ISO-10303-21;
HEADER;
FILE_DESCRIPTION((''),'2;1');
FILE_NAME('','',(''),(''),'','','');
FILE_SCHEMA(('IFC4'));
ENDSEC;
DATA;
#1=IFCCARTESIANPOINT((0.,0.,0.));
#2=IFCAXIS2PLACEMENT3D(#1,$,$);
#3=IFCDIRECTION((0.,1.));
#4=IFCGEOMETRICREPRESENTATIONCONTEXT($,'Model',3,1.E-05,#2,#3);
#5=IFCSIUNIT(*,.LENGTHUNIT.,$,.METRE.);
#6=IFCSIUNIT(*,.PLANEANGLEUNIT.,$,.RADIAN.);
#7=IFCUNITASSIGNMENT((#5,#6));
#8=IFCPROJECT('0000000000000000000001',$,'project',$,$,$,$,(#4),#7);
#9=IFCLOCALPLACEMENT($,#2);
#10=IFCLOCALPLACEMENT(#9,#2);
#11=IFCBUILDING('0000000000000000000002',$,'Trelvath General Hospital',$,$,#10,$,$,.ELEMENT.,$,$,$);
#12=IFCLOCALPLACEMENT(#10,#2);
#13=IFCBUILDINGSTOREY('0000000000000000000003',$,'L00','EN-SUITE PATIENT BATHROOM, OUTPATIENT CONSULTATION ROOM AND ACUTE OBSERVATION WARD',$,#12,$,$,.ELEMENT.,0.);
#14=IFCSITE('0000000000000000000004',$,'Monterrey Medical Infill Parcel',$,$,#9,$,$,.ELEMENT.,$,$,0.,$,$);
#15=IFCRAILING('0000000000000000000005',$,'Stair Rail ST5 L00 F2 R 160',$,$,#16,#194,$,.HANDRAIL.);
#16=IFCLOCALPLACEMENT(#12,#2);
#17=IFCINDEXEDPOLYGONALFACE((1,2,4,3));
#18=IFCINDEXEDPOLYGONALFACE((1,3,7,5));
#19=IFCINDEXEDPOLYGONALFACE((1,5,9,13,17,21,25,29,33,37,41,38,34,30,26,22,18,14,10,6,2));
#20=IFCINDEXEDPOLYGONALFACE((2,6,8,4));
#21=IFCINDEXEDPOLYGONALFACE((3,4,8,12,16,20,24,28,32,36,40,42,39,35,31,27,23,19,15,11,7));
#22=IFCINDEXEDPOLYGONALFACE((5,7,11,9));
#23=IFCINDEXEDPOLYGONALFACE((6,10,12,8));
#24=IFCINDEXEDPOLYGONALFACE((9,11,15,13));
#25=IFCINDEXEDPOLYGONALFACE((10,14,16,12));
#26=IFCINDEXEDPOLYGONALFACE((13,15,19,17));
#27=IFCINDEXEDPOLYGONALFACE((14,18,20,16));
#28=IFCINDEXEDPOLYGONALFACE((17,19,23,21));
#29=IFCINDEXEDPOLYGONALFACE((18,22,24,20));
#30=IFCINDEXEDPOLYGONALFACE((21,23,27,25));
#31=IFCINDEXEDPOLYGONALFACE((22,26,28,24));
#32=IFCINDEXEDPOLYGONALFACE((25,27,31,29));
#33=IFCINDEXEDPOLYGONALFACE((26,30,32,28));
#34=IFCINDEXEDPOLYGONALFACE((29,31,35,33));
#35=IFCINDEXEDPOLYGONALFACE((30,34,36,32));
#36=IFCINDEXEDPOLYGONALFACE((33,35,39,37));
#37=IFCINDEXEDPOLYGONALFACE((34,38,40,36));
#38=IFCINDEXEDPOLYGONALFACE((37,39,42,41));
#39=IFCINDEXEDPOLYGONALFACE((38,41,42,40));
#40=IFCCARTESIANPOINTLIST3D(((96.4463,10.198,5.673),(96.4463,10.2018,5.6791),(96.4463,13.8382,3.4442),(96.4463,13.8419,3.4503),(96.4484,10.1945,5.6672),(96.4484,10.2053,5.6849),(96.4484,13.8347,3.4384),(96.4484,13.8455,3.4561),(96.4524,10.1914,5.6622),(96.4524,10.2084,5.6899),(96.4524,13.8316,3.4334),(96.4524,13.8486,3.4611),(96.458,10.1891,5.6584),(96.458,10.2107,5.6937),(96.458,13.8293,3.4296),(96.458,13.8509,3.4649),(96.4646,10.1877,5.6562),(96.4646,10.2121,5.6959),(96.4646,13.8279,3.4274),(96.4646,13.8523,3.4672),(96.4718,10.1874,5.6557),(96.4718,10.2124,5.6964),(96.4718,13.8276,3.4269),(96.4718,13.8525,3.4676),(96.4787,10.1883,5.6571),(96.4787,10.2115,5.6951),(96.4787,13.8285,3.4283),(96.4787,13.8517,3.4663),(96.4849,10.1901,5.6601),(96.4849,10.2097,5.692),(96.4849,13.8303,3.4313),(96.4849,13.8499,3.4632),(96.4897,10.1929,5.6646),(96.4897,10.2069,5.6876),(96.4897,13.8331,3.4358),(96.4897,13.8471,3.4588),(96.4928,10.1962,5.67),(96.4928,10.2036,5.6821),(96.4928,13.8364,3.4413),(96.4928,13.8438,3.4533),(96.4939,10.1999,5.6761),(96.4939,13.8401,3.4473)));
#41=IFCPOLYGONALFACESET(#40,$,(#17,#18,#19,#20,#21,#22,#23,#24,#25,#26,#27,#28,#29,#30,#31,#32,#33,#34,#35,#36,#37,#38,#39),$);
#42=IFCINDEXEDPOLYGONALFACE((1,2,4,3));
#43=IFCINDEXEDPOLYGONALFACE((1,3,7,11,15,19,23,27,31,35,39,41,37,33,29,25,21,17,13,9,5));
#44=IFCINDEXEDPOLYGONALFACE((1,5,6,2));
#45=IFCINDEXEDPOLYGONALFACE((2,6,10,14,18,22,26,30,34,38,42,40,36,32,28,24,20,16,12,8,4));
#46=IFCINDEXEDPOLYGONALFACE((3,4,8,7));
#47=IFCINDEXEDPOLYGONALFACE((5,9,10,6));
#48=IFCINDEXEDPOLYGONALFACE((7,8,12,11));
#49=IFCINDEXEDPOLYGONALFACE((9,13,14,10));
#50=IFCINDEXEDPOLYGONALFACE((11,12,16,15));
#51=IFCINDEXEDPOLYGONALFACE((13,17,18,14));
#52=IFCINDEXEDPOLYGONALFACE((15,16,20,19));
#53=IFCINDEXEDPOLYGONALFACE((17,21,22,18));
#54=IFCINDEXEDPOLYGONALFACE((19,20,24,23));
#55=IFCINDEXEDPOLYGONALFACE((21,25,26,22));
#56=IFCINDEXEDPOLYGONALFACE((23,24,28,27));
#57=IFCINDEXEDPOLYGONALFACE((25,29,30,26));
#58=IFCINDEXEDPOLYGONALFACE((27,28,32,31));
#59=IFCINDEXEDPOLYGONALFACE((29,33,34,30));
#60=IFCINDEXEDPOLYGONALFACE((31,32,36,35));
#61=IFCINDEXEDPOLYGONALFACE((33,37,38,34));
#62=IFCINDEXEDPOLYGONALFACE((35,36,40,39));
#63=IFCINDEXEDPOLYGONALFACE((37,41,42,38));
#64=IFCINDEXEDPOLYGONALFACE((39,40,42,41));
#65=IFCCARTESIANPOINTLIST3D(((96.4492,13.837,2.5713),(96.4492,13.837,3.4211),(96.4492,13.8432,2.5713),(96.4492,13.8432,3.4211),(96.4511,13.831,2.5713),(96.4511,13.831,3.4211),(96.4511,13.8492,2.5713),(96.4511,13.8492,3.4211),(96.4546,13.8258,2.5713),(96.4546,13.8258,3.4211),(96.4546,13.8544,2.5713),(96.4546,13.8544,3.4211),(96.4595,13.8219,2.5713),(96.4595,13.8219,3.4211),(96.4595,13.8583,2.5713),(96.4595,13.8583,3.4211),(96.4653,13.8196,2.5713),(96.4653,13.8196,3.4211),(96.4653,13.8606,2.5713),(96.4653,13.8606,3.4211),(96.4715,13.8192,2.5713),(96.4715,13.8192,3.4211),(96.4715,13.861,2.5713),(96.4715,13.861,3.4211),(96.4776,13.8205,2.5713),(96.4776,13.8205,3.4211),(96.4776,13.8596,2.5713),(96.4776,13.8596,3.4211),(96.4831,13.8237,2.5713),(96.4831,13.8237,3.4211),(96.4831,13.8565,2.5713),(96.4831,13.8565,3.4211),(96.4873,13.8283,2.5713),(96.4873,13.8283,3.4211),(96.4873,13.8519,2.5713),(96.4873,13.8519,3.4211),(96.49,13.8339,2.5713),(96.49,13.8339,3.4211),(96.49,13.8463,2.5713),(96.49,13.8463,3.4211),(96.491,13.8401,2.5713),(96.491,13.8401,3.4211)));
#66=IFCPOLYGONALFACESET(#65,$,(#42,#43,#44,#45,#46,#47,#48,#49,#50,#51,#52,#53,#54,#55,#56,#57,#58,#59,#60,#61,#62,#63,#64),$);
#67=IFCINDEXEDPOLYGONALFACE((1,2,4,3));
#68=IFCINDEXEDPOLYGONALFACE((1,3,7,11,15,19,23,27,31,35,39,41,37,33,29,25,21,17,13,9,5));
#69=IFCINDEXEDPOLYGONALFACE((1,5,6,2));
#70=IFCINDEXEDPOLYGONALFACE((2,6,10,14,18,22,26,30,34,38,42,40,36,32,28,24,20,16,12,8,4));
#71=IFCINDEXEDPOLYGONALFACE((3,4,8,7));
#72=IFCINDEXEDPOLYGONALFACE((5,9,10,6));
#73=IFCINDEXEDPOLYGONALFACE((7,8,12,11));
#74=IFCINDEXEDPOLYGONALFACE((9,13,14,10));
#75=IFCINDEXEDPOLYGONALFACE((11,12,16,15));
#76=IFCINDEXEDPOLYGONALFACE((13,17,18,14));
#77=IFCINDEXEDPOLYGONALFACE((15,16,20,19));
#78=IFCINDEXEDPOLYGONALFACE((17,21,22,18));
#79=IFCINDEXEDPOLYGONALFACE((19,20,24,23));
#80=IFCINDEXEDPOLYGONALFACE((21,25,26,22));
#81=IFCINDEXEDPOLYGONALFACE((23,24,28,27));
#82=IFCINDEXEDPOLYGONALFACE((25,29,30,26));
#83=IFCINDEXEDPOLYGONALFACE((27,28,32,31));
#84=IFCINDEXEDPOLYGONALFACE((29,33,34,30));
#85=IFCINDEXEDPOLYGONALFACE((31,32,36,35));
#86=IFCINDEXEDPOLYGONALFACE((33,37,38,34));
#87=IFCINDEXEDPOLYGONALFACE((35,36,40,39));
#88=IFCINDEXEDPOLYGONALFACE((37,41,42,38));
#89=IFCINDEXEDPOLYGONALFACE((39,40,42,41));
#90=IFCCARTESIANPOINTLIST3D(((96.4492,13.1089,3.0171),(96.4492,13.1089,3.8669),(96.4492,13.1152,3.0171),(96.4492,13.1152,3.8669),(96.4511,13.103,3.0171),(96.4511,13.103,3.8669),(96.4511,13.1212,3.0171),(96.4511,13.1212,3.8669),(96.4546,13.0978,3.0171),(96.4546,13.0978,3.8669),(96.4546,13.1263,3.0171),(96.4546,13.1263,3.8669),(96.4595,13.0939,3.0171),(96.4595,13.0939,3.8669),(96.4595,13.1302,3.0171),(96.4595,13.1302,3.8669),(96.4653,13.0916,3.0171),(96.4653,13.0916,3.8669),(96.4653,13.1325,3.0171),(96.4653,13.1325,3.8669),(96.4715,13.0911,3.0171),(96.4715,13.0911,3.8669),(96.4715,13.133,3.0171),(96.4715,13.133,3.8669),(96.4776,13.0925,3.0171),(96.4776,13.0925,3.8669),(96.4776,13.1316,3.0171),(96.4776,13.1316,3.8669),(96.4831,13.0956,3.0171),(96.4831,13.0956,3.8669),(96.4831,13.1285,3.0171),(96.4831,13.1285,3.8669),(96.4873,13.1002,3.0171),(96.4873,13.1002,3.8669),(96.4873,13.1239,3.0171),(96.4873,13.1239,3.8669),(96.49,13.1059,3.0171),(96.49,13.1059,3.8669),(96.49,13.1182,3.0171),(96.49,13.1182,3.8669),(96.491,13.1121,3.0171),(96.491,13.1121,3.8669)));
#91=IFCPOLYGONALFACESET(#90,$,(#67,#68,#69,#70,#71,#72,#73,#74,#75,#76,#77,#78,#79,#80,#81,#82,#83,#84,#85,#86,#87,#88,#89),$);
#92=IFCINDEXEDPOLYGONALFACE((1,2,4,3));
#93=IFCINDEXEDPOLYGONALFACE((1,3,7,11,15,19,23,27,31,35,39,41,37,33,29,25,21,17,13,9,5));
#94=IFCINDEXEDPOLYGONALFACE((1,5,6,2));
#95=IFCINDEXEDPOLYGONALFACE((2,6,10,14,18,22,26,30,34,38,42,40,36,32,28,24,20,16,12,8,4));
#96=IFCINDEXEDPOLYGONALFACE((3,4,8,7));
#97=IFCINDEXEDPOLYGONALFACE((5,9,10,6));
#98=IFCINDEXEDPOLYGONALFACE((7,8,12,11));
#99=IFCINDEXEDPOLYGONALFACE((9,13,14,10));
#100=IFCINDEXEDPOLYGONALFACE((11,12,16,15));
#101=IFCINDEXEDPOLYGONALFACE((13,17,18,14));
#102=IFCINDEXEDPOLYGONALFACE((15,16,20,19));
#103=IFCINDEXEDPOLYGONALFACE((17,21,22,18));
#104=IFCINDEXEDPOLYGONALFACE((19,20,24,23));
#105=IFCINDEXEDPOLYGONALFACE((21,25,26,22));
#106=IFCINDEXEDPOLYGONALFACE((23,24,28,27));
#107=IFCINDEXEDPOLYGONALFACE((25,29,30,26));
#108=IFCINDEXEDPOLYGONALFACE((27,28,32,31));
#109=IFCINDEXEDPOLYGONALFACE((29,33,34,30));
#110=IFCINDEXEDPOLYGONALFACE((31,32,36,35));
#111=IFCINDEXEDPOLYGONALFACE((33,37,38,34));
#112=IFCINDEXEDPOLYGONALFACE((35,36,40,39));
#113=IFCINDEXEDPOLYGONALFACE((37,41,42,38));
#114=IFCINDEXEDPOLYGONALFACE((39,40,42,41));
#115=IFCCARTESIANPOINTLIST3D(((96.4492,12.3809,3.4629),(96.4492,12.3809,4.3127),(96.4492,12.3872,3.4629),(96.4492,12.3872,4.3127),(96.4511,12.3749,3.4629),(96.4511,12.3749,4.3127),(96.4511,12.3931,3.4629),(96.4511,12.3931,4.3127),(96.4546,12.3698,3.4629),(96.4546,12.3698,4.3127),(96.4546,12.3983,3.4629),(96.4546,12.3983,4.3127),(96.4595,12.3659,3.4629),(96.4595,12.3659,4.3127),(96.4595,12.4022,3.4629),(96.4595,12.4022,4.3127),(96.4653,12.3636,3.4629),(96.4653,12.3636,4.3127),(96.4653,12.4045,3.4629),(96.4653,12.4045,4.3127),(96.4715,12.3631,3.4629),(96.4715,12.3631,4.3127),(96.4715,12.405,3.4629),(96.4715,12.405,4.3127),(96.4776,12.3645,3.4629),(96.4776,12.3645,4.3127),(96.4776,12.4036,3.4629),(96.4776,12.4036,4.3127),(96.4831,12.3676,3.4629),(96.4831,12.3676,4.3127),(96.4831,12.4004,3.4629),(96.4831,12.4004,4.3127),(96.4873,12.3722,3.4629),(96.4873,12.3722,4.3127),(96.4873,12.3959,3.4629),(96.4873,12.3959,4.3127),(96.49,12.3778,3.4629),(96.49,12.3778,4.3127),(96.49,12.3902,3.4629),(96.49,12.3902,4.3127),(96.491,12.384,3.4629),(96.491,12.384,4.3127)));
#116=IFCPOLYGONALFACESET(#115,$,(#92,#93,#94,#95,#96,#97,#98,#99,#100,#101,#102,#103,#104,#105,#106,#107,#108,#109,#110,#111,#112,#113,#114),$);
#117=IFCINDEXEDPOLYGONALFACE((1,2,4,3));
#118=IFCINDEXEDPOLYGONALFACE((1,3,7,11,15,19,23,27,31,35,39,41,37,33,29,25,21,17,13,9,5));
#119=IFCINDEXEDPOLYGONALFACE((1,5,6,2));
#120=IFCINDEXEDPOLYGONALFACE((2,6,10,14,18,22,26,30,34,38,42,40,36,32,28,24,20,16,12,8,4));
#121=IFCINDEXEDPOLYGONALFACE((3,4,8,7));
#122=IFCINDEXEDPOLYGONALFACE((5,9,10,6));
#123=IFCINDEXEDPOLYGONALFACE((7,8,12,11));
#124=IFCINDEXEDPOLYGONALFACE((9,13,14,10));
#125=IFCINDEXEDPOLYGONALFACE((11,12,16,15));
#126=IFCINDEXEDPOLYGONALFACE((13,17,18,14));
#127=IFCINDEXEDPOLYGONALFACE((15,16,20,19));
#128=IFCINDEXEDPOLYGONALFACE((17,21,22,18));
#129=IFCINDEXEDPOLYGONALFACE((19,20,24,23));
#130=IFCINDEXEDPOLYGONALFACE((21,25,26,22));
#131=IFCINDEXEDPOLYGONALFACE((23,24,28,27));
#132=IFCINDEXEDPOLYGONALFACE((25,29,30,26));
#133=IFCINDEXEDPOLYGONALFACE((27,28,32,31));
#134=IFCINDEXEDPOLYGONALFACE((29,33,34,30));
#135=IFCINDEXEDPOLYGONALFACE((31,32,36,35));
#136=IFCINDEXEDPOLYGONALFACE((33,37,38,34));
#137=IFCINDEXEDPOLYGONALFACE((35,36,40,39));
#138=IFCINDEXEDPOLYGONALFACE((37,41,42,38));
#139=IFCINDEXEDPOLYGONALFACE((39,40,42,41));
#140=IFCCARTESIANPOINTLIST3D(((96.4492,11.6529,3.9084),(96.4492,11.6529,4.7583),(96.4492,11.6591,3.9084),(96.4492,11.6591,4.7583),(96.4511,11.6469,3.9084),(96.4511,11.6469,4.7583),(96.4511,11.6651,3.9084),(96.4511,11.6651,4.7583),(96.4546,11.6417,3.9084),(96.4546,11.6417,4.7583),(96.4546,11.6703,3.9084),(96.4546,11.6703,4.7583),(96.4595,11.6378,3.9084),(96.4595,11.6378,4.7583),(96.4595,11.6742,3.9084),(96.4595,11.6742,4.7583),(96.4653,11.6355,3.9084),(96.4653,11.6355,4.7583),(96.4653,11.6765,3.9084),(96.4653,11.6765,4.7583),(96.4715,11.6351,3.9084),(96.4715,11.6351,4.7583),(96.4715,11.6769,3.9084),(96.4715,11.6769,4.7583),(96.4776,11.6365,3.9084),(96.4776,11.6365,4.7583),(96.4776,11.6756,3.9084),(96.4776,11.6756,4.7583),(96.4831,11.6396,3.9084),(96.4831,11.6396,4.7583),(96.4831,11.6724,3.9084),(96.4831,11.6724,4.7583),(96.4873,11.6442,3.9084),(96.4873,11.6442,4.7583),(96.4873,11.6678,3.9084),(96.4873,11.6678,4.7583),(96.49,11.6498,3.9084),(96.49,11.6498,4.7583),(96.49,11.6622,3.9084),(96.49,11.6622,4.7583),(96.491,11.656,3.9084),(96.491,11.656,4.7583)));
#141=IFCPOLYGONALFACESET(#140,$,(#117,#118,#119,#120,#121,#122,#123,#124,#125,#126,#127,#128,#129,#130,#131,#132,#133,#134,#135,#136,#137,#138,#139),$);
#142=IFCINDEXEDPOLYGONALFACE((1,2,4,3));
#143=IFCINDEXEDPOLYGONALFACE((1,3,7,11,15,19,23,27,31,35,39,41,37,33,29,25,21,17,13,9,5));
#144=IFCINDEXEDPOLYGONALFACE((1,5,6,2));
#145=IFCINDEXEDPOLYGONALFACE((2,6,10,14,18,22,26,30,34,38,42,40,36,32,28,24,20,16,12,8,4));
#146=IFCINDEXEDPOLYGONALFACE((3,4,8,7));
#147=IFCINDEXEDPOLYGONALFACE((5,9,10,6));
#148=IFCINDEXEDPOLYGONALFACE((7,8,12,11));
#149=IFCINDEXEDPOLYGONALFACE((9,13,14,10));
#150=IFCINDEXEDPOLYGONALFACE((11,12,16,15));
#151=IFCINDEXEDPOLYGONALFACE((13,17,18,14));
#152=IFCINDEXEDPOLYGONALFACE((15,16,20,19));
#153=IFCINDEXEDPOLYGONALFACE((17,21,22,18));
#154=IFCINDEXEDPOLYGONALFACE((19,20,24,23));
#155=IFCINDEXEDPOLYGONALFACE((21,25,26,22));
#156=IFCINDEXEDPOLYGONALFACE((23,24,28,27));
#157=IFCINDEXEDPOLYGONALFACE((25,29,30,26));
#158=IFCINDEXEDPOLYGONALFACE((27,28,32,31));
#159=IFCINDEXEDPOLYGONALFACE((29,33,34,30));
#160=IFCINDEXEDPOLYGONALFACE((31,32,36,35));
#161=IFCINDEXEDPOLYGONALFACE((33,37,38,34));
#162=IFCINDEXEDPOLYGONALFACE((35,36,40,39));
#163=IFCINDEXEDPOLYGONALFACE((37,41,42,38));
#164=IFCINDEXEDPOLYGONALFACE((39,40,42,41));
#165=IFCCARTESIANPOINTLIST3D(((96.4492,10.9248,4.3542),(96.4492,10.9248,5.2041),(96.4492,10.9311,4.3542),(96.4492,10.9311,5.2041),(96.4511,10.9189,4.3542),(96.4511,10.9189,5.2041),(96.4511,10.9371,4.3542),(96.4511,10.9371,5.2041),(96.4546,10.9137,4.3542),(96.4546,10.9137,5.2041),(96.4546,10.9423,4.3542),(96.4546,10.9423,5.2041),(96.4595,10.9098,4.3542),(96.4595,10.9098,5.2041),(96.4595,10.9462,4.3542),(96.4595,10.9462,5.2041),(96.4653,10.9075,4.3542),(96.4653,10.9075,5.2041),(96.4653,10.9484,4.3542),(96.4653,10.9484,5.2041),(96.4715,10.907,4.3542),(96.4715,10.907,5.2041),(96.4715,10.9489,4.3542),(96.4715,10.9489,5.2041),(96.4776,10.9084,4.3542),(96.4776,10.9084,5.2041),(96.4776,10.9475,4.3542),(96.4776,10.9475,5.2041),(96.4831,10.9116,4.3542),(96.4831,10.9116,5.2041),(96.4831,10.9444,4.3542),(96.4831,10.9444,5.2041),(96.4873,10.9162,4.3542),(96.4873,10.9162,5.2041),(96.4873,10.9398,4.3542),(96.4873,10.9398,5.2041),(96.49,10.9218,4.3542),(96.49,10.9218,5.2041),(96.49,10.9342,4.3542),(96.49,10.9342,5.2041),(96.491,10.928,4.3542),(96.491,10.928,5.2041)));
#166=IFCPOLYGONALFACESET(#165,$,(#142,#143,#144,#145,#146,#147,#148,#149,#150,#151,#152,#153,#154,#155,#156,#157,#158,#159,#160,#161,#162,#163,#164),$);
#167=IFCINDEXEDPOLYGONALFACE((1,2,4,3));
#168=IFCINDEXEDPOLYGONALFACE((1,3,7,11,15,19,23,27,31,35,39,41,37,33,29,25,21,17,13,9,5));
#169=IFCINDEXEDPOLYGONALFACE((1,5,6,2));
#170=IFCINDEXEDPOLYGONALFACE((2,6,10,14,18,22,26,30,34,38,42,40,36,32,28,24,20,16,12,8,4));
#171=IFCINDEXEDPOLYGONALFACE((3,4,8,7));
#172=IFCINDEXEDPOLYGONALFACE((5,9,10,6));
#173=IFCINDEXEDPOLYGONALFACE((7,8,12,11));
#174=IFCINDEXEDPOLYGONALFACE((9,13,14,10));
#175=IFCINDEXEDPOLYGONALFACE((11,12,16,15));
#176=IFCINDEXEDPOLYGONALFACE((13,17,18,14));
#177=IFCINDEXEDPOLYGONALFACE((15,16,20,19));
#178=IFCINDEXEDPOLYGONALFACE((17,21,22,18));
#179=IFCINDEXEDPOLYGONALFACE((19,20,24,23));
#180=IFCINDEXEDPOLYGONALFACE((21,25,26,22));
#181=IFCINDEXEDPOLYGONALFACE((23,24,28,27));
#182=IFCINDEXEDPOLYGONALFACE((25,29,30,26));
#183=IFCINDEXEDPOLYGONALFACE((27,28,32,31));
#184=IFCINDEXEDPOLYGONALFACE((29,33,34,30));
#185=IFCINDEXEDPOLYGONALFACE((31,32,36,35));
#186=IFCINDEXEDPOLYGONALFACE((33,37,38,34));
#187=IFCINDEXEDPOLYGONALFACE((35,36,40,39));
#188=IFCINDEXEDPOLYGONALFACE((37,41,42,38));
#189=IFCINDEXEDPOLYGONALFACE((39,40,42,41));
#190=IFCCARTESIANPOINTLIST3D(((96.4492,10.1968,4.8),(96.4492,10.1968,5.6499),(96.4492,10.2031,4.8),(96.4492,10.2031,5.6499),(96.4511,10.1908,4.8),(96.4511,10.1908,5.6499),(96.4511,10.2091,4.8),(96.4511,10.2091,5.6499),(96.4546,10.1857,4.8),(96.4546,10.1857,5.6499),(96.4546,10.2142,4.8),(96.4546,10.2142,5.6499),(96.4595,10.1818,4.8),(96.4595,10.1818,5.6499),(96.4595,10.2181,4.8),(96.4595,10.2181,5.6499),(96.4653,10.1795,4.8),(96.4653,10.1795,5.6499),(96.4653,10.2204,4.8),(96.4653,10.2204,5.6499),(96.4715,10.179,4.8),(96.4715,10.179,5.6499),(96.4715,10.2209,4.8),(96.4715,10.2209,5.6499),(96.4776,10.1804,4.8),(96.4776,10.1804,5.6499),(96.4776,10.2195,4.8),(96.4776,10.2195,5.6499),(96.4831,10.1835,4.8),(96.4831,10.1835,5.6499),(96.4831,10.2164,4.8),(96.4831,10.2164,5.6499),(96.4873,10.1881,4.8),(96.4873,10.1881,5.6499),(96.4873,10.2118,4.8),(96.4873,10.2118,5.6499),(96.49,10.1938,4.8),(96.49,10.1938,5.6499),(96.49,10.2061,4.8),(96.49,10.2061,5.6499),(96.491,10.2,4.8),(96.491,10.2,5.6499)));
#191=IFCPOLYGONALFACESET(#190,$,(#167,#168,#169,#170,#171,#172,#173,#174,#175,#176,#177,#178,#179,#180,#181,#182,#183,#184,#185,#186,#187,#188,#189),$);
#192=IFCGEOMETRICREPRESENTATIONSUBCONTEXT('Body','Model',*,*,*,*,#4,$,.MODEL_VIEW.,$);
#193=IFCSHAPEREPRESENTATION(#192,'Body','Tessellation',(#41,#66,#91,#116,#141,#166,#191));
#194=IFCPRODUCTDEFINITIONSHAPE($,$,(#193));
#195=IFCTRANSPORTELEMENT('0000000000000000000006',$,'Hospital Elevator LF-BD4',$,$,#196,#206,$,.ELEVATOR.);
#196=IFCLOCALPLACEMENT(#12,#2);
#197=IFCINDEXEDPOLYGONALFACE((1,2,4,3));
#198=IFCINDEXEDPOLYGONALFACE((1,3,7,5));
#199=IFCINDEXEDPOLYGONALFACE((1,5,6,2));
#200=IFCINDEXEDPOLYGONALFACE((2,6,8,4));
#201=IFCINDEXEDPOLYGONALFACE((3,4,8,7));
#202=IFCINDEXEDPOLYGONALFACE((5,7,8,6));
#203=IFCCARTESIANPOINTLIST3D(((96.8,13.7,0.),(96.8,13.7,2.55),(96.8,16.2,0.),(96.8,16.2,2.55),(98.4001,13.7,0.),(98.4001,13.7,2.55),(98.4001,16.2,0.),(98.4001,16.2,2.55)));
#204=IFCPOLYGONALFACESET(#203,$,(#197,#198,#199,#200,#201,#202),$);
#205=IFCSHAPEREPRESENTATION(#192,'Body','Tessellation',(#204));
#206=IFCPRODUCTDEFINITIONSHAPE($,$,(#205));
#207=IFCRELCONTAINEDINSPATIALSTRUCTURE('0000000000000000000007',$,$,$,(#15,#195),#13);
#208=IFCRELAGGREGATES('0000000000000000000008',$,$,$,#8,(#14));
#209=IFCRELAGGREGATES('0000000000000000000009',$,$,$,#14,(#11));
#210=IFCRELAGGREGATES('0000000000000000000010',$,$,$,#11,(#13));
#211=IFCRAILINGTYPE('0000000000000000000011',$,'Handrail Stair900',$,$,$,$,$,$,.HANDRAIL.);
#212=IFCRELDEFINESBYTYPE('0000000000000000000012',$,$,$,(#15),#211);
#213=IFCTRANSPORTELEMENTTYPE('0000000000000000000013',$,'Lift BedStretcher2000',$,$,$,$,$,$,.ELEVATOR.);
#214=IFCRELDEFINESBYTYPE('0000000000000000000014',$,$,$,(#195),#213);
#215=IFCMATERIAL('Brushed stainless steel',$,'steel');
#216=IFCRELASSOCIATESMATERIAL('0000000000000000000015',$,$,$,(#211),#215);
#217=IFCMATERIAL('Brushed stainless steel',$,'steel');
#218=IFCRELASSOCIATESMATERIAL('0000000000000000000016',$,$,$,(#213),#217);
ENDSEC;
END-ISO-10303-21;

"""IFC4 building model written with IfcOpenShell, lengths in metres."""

from ifc_helpers import new_model, si_unit, direction, frame, origin, origin_2d, place, context, subcontext, project, spatial, rectangle, circle, extrude, material, type_object, element, save


model = new_model("IFC4")

# Units and contexts
model_context = context("Model", 3, precision=1e-05, world=origin(), true_north=direction((0.0, 1.0)))
body_context = subcontext(model_context, "Body", "Model", "MODEL_VIEW")
ifc_project = project(units=[si_unit("LENGTHUNIT", "METRE"), si_unit("PLANEANGLEUNIT", "RADIAN")], contexts=[model_context])

# Site, building, storey
site_placement = place(None, origin())
site = spatial("IfcSite", under=ifc_project, at=site_placement, Name="Monterrey Medical Infill Parcel", CompositionType="ELEMENT", RefElevation=0.0)
building_placement = place(site_placement, origin())
building = spatial("IfcBuilding", under=site, at=building_placement, Name="Trelvath General Hospital", CompositionType="ELEMENT")
storey_placement = place(building_placement, origin())
storey = spatial("IfcBuildingStorey", under=building, at=storey_placement, Name="L00", Description="EN-SUITE PATIENT BATHROOM, OUTPATIENT CONSULTATION ROOM AND ACUTE OBSERVATION WARD", CompositionType="ELEMENT", Elevation=0.0)

# Railing
ifc_material_1 = material(Name="Brushed stainless steel", Category="steel")
railing_type_1 = type_object("IfcRailingType", Name="Handrail Stair900", PredefinedType="HANDRAIL", material=ifc_material_1)
railing_1_placement = place(storey_placement, frame((96.47, 13.8401, 2.5713)))
element("IfcRailing", 1, at=railing_1_placement, inside=storey, type_object=railing_type_1, Name="Stair Rail ST5 L00 F2 R 160", PredefinedType="HANDRAIL", context=body_context, shape_type="SweptSolid", body=[
    extrude(circle(Radius=0.0239, at=origin_2d()), frame((0.0, 0.0, 0.876), z_axis=(0.0, -0.85284, 0.522172), x_axis=(1.0, 0.0, 0.0)), (0.0, 0.0, 1.0), 4.2683),
    extrude(circle(Radius=0.021, at=origin_2d()), origin(), (0.0, 0.0, 1.0), 0.8499),
    extrude(circle(Radius=0.021, at=origin_2d()), frame((0.0, -0.728, 0.4458)), (0.0, 0.0, 1.0), 0.8499),
    extrude(circle(Radius=0.021, at=origin_2d()), frame((0.0, -1.4561, 0.8916)), (0.0, 0.0, 1.0), 0.8499),
    extrude(circle(Radius=0.021, at=origin_2d()), frame((0.0, -2.1841, 1.3372)), (0.0, 0.0, 1.0), 0.8499),
    extrude(circle(Radius=0.021, at=origin_2d()), frame((0.0, -2.9121, 1.783)), (0.0, 0.0, 1.0), 0.8499),
    extrude(circle(Radius=0.021, at=origin_2d()), frame((0.0, -3.6401, 2.2288)), (0.0, 0.0, 1.0), 0.8499),
])

# Transport element
ifc_material_2 = material(Name="Brushed stainless steel", Category="steel")
transport_element_type_1 = type_object("IfcTransportElementType", Name="Lift BedStretcher2000", PredefinedType="ELEVATOR", material=ifc_material_2)
transport_element_1_placement = place(storey_placement, frame((97.6001, 14.95, 0.0), z_axis=(0.0, 0.0, 1.0), x_axis=(1.0, 0.0, 0.0)))
element("IfcTransportElement", 2, at=transport_element_1_placement, inside=storey, type_object=transport_element_type_1, Name="Hospital Elevator LF-BD4", PredefinedType="ELEVATOR", context=body_context, shape_type="SweptSolid", body=[
    extrude(rectangle(XDim=1.6001, YDim=2.5, at=origin_2d()), origin(), (0.0, 0.0, 1.0), 2.55),
])

save(model, "model.ifc")
